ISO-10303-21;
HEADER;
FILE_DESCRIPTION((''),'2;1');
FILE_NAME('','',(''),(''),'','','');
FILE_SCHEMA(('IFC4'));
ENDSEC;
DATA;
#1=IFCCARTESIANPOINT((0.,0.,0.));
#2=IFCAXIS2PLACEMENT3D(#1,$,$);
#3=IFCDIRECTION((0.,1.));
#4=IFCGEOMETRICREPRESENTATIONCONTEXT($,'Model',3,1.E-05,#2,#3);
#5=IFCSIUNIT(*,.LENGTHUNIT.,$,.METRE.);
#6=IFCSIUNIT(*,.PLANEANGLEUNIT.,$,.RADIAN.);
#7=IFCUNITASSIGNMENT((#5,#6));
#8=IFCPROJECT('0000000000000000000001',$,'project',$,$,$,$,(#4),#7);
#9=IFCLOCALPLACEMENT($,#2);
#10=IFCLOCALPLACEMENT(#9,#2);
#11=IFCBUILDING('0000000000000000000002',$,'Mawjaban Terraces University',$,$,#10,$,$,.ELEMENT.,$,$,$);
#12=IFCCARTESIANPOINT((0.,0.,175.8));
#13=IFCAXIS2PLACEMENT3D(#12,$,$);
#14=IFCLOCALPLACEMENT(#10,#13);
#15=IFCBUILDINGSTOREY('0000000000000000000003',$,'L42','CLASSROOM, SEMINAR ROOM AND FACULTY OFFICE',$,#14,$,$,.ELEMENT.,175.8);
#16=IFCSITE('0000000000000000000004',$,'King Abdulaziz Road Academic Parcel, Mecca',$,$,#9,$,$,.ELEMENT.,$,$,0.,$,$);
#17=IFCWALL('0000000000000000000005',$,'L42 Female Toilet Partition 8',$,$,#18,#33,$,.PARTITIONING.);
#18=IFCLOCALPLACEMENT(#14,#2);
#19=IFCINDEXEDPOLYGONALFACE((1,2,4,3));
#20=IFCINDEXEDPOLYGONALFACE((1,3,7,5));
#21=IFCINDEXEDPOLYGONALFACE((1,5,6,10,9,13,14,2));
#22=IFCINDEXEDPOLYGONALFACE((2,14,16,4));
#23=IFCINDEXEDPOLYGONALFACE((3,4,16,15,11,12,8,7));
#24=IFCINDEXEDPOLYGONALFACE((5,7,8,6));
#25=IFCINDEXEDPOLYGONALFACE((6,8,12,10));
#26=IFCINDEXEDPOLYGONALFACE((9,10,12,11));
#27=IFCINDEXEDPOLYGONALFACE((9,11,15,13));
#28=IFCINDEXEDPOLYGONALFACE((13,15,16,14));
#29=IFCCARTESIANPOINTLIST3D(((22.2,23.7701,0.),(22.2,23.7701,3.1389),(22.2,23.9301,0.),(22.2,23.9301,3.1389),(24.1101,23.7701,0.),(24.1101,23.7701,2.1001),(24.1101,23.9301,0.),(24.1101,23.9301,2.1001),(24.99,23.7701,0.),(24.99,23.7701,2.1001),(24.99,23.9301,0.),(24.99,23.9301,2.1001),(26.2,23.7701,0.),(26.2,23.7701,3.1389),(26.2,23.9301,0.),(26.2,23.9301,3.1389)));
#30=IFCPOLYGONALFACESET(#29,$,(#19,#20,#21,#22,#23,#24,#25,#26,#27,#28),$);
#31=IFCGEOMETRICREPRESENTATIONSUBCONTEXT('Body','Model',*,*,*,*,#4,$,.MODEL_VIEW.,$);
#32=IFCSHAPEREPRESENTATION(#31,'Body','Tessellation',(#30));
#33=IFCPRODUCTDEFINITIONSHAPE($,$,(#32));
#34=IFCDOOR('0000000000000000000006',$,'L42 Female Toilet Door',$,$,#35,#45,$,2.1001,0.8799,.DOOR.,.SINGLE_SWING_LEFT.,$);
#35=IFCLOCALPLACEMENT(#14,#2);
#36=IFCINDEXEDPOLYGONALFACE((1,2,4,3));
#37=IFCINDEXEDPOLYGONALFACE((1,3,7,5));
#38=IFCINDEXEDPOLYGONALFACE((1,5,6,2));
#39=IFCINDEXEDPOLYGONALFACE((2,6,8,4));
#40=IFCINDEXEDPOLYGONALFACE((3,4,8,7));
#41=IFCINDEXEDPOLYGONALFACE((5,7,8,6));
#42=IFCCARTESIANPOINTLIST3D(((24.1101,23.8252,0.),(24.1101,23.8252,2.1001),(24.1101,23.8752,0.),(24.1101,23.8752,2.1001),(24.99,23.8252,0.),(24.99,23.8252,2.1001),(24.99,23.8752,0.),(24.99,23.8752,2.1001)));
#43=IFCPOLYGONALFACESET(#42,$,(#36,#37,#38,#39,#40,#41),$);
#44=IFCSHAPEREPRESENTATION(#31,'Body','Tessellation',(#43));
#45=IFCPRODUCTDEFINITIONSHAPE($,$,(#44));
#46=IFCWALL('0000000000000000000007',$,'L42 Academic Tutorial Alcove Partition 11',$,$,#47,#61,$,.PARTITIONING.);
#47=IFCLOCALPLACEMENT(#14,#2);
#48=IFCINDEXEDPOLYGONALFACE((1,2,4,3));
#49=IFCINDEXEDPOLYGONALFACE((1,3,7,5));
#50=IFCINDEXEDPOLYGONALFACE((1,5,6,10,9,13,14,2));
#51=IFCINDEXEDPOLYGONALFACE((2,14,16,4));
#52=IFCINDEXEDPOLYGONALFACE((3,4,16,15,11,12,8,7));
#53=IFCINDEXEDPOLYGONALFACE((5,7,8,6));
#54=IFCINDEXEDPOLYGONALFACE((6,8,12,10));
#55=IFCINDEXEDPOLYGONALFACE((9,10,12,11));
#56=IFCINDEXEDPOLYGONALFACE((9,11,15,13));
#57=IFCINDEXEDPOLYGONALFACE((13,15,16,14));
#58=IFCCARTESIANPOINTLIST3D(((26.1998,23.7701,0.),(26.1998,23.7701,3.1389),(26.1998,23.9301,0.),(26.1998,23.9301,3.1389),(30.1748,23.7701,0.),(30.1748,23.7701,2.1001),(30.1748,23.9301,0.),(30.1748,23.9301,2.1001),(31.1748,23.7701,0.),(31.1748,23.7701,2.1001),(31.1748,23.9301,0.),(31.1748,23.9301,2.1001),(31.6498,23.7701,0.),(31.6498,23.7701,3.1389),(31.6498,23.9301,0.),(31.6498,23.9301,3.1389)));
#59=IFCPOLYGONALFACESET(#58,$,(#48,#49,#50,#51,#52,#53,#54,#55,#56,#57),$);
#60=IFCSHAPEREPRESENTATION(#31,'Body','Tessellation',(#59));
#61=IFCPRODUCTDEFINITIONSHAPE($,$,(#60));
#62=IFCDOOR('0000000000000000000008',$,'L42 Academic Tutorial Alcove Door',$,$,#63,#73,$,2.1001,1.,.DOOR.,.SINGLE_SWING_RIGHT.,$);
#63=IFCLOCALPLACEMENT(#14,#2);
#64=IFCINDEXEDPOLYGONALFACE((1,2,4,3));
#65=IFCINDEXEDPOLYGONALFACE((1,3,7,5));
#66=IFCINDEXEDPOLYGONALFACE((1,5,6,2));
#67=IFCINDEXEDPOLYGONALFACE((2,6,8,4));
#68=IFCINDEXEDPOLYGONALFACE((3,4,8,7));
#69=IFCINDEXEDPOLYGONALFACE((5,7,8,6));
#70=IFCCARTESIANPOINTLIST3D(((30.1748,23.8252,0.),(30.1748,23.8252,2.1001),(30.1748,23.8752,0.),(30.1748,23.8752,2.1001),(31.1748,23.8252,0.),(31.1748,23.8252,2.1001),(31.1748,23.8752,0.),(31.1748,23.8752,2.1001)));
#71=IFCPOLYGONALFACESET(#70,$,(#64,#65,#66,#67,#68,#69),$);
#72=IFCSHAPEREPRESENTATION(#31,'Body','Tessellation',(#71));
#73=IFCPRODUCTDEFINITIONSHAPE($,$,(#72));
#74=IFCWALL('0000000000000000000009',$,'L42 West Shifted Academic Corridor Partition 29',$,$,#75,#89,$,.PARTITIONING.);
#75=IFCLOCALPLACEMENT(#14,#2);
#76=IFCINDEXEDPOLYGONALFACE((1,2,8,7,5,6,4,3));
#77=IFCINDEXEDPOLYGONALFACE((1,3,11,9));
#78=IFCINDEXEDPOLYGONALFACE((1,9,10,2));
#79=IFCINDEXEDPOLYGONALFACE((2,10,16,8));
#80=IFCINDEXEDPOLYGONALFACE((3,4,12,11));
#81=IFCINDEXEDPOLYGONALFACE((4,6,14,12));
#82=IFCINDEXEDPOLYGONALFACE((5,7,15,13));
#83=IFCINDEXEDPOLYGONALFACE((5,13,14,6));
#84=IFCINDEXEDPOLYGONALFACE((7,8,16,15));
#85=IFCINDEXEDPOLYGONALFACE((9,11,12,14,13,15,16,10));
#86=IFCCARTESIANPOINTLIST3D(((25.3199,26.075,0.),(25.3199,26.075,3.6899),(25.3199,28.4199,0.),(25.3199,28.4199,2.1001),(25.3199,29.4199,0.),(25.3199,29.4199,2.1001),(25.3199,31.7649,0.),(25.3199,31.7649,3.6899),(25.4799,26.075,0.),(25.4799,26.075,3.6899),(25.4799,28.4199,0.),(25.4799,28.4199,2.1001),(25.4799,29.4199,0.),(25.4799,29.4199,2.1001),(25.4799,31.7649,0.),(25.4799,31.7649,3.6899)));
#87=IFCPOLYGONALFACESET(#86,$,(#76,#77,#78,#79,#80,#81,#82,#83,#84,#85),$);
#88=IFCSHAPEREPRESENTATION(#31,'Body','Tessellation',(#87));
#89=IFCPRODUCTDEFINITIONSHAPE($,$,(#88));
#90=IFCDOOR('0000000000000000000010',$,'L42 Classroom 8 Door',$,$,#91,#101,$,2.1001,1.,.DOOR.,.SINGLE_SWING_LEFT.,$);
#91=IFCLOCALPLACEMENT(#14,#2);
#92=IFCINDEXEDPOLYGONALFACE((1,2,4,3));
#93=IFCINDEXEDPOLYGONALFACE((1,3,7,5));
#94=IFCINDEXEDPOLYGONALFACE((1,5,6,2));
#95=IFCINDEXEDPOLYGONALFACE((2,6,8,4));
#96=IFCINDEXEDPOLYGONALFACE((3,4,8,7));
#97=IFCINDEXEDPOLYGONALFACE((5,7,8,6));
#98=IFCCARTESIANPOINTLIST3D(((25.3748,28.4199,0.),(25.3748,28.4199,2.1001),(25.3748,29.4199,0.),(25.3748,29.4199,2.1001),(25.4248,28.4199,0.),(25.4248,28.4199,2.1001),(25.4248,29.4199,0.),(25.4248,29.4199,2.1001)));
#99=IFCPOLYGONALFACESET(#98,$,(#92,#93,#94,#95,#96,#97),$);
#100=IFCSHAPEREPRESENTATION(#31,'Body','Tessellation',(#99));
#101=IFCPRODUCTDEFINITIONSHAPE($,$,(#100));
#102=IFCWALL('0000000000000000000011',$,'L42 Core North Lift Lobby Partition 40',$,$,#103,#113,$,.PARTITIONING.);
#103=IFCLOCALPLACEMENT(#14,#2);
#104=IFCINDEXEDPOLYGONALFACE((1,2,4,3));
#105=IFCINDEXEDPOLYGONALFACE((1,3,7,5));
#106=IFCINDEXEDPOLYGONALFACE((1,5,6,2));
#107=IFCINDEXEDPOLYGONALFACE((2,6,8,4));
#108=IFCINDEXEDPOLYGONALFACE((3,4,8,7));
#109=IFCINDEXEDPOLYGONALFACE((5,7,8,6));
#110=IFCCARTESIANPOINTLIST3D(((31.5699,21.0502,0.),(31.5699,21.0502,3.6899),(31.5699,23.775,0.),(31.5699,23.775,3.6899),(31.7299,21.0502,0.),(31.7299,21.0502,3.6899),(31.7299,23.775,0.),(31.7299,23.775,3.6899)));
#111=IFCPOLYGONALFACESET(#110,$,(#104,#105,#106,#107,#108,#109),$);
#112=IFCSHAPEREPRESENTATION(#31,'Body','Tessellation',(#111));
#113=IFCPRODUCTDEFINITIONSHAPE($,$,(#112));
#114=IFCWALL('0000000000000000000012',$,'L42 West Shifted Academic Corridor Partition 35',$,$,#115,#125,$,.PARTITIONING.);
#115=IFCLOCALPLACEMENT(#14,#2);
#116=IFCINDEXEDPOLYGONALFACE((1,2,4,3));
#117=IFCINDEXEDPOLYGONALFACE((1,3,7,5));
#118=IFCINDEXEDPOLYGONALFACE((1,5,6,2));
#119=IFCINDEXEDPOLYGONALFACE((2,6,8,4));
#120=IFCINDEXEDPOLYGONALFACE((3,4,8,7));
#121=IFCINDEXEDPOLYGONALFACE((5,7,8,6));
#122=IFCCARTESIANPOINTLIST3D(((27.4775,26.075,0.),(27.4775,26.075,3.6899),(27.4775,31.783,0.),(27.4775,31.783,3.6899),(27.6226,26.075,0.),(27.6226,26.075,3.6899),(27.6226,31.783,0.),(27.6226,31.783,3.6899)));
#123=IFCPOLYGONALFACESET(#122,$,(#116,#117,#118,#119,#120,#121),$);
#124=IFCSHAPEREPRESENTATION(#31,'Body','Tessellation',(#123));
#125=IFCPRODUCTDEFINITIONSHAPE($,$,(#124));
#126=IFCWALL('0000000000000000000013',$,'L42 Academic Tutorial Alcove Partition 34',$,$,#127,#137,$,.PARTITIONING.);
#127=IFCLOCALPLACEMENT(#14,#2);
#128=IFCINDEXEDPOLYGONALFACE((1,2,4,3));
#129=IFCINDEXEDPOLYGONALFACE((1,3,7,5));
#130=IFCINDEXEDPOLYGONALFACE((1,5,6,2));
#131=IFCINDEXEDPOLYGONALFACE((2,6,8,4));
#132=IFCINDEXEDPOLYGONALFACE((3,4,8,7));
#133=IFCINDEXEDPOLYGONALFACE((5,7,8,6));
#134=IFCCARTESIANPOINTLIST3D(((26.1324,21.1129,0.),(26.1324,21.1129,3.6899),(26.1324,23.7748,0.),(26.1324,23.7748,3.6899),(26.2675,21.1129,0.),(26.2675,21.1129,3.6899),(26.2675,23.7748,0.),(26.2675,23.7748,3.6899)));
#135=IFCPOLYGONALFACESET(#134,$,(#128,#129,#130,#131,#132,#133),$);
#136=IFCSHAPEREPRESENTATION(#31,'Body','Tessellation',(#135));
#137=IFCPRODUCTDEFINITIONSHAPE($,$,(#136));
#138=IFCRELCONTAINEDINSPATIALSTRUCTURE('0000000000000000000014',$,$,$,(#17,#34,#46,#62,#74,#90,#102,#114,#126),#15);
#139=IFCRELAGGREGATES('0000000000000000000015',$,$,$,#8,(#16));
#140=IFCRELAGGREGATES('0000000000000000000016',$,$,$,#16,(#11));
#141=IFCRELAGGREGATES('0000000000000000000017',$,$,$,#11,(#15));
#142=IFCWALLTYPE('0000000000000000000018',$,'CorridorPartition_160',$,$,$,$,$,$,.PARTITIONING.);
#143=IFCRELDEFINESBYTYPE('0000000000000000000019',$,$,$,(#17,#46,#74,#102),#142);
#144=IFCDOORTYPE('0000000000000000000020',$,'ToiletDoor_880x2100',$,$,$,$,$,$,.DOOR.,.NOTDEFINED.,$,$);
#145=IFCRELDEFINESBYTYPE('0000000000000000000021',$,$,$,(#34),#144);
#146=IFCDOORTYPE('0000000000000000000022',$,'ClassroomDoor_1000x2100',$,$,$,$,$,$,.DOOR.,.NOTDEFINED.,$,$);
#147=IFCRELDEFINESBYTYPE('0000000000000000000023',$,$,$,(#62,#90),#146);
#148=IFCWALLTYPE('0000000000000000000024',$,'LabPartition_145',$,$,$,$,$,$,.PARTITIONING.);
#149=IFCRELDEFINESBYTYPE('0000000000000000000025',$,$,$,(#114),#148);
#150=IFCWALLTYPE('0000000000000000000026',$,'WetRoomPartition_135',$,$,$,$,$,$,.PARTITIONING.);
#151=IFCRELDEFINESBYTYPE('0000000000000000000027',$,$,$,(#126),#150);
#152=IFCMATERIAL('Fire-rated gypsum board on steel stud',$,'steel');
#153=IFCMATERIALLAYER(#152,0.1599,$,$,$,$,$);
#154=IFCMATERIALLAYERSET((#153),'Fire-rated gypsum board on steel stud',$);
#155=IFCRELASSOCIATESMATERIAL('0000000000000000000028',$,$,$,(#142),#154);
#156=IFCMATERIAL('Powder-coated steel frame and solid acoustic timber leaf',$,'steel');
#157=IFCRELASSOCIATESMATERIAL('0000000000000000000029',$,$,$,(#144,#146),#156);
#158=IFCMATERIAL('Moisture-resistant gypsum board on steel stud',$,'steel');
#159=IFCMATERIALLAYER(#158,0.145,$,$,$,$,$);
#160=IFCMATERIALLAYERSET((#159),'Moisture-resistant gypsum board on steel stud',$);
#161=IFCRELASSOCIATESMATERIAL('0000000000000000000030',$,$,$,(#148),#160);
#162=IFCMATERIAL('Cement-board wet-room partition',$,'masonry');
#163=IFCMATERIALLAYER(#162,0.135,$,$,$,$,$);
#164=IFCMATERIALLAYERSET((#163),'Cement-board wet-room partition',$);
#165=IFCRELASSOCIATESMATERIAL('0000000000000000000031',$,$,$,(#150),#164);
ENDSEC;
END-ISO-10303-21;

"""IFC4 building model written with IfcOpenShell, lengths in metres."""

from ifc_helpers import new_model, si_unit, direction, frame, frame_2d, origin, place, context, subcontext, project, spatial, rectangle, extrude, material, layer, layer_set, type_object, element, fill, save


model = new_model("IFC4")

# Units and contexts
model_context = context("Model", 3, precision=1e-05, world=origin(), true_north=direction((0.0, 1.0)))
body_context = subcontext(model_context, "Body", "Model", "MODEL_VIEW")
ifc_project = project(units=[si_unit("LENGTHUNIT", "METRE"), si_unit("PLANEANGLEUNIT", "RADIAN")], contexts=[model_context])

# Site, building, storey
site_placement = place(None, origin())
site = spatial("IfcSite", under=ifc_project, at=site_placement, Name="King Abdulaziz Road Academic Parcel, Mecca", CompositionType="ELEMENT", RefElevation=0.0)
building_placement = place(site_placement, origin())
building = spatial("IfcBuilding", under=site, at=building_placement, Name="Mawjaban Terraces University", CompositionType="ELEMENT")
storey_placement = place(building_placement, frame((0.0, 0.0, 175.8)))
storey = spatial("IfcBuildingStorey", under=building, at=storey_placement, Name="L42", Description="CLASSROOM, SEMINAR ROOM AND FACULTY OFFICE", CompositionType="ELEMENT", Elevation=175.8)

# Shared definitions
ifc_material_1 = material(Name="Fire-rated gypsum board on steel stud", Category="steel")
ifc_layer_1 = layer(ifc_material_1, 0.1599)
ifc_layer_set_1 = layer_set([ifc_layer_1], Name="Fire-rated gypsum board on steel stud")
wall_type_1 = type_object("IfcWallType", Name="CorridorPartition_160", PredefinedType="PARTITIONING", material=ifc_layer_set_1)

# Walls, openings, doors
wall_1_placement = place(storey_placement, frame((26.2, 23.8501, 0.0), z_axis=(0.0, 0.0, 1.0), x_axis=(-1.0, 0.0, 0.0)))
wall_1 = element("IfcWall", 1, at=wall_1_placement, inside=storey, type_object=wall_type_1, Name="L42 Female Toilet Partition 8", PredefinedType="PARTITIONING", context=body_context, shape_type="SweptSolid", body=[
    extrude(rectangle(XDim=4.0, YDim=0.1599, at=frame_2d((2.0, 0.0))), origin(), (0.0, 0.0, 1.0), 3.1389),
])
opening_1_placement = place(wall_1_placement, frame((1.21, 0.0, 0.0)))
opening_1 = element("IfcOpeningElement", 2, at=opening_1_placement, cuts=wall_1, PredefinedType="OPENING", context=body_context, shape_type="SweptSolid", body=[
    extrude(rectangle(XDim=0.8799, YDim=2.1001, at=frame_2d((0.4399, 1.05))), frame((0.0, 0.0898, 0.0), z_axis=(0.0, -1.0, 0.0), x_axis=(1.0, 0.0, 0.0)), (0.0, 0.0, 1.0), 0.1799),
])
ifc_material_2 = material(Name="Powder-coated steel frame and solid acoustic timber leaf", Category="steel")
door_type_1 = type_object("IfcDoorType", Name="ToiletDoor_880x2100", OperationType="NOTDEFINED", PredefinedType="DOOR", material=ifc_material_2)
door_1_placement = place(opening_1_placement, origin())
door_1 = element("IfcDoor", 3, at=door_1_placement, inside=storey, type_object=door_type_1, Name="L42 Female Toilet Door", OperationType="SINGLE_SWING_LEFT", OverallHeight=2.1001, OverallWidth=0.8799, PredefinedType="DOOR", context=body_context, shape_type="SweptSolid", body=[
    extrude(rectangle(XDim=0.8799, YDim=2.1001, at=frame_2d((0.4399, 1.05))), frame((0.0, 0.0249, 0.0), z_axis=(0.0, -1.0, 0.0), x_axis=(1.0, 0.0, 0.0)), (0.0, 0.0, 1.0), 0.05),
])
fill(opening_1, door_1)
wall_2_placement = place(storey_placement, frame((31.6499, 23.8501, 0.0), z_axis=(0.0, 0.0, 1.0), x_axis=(-1.0, 0.0, 0.0)))
wall_2 = element("IfcWall", 4, at=wall_2_placement, inside=storey, type_object=wall_type_1, Name="L42 Academic Tutorial Alcove Partition 11", PredefinedType="PARTITIONING", context=body_context, shape_type="SweptSolid", body=[
    extrude(rectangle(XDim=5.45, YDim=0.1599, at=frame_2d((2.7251, 0.0))), origin(), (0.0, 0.0, 1.0), 3.1389),
])
opening_2_placement = place(wall_2_placement, frame((0.4751, 0.0, 0.0)))
opening_2 = element("IfcOpeningElement", 5, at=opening_2_placement, cuts=wall_2, PredefinedType="OPENING", context=body_context, shape_type="SweptSolid", body=[
    extrude(rectangle(XDim=1.0, YDim=2.1001, at=frame_2d((0.5, 1.05))), frame((0.0, 0.0898, 0.0), z_axis=(0.0, -1.0, 0.0), x_axis=(1.0, 0.0, 0.0)), (0.0, 0.0, 1.0), 0.1799),
])
door_type_2 = type_object("IfcDoorType", Name="ClassroomDoor_1000x2100", OperationType="NOTDEFINED", PredefinedType="DOOR", material=ifc_material_2)
door_2_placement = place(opening_2_placement, origin())
door_2 = element("IfcDoor", 6, at=door_2_placement, inside=storey, type_object=door_type_2, Name="L42 Academic Tutorial Alcove Door", OperationType="SINGLE_SWING_RIGHT", OverallHeight=2.1001, OverallWidth=1.0, PredefinedType="DOOR", context=body_context, shape_type="SweptSolid", body=[
    extrude(rectangle(XDim=1.0, YDim=2.1001, at=frame_2d((0.5, 1.05))), frame((0.0, 0.0249, 0.0), z_axis=(0.0, -1.0, 0.0), x_axis=(1.0, 0.0, 0.0)), (0.0, 0.0, 1.0), 0.05),
])
fill(opening_2, door_2)
wall_3_placement = place(storey_placement, frame((25.3999, 31.7649, 0.0), z_axis=(0.0, 0.0, 1.0), x_axis=(0.0, -1.0, 0.0)))
wall_3 = element("IfcWall", 7, at=wall_3_placement, inside=storey, type_object=wall_type_1, Name="L42 West Shifted Academic Corridor Partition 29", PredefinedType="PARTITIONING", context=body_context, shape_type="SweptSolid", body=[
    extrude(rectangle(XDim=5.6899, YDim=0.1599, at=frame_2d((2.845, 0.0))), origin(), (0.0, 0.0, 1.0), 3.6899),
])
opening_3_placement = place(wall_3_placement, frame((2.345, 0.0, 0.0)))
opening_3 = element("IfcOpeningElement", 8, at=opening_3_placement, cuts=wall_3, PredefinedType="OPENING", context=body_context, shape_type="SweptSolid", body=[
    extrude(rectangle(XDim=1.0, YDim=2.1001, at=frame_2d((0.5, 1.05))), frame((0.0, 0.0898, 0.0), z_axis=(0.0, -1.0, 0.0), x_axis=(1.0, 0.0, 0.0)), (0.0, 0.0, 1.0), 0.1799),
])
door_3_placement = place(opening_3_placement, origin())
door_3 = element("IfcDoor", 9, at=door_3_placement, inside=storey, type_object=door_type_2, Name="L42 Classroom 8 Door", OperationType="SINGLE_SWING_LEFT", OverallHeight=2.1001, OverallWidth=1.0, PredefinedType="DOOR", context=body_context, shape_type="SweptSolid", body=[
    extrude(rectangle(XDim=1.0, YDim=2.1001, at=frame_2d((0.5, 1.05))), frame((0.0, 0.0249, 0.0), z_axis=(0.0, -1.0, 0.0), x_axis=(1.0, 0.0, 0.0)), (0.0, 0.0, 1.0), 0.05),
])
fill(opening_3, door_3)

# Walls
wall_4_placement = place(storey_placement, frame((31.6499, 23.7749, 0.0), z_axis=(0.0, 0.0, 1.0), x_axis=(0.0, -1.0, 0.0)))
element("IfcWall", 10, at=wall_4_placement, inside=storey, type_object=wall_type_1, Name="L42 Core North Lift Lobby Partition 40", PredefinedType="PARTITIONING", context=body_context, shape_type="SweptSolid", body=[
    extrude(rectangle(XDim=2.7249, YDim=0.1599, at=frame_2d((1.3623, 0.0))), origin(), (0.0, 0.0, 1.0), 3.6899),
])
ifc_material_3 = material(Name="Moisture-resistant gypsum board on steel stud", Category="steel")
ifc_layer_2 = layer(ifc_material_3, 0.145)
ifc_layer_set_2 = layer_set([ifc_layer_2], Name="Moisture-resistant gypsum board on steel stud")
wall_type_2 = type_object("IfcWallType", Name="LabPartition_145", PredefinedType="PARTITIONING", material=ifc_layer_set_2)
wall_5_placement = place(storey_placement, frame((27.55, 26.075, 0.0), z_axis=(0.0, 0.0, 1.0), x_axis=(0.0, 1.0, 0.0)))
element("IfcWall", 11, at=wall_5_placement, inside=storey, type_object=wall_type_2, Name="L42 West Shifted Academic Corridor Partition 35", PredefinedType="PARTITIONING", context=body_context, shape_type="SweptSolid", body=[
    extrude(rectangle(XDim=5.708, YDim=0.145, at=frame_2d((2.854, 0.0))), origin(), (0.0, 0.0, 1.0), 3.6899),
])
ifc_material_4 = material(Name="Cement-board wet-room partition", Category="masonry")
ifc_layer_3 = layer(ifc_material_4, 0.135)
ifc_layer_set_3 = layer_set([ifc_layer_3], Name="Cement-board wet-room partition")
wall_type_3 = type_object("IfcWallType", Name="WetRoomPartition_135", PredefinedType="PARTITIONING", material=ifc_layer_set_3)
wall_6_placement = place(storey_placement, frame((26.2, 23.7749, 0.0), z_axis=(0.0, 0.0, 1.0), x_axis=(0.0, -1.0, 0.0)))
element("IfcWall", 12, at=wall_6_placement, inside=storey, type_object=wall_type_3, Name="L42 Academic Tutorial Alcove Partition 34", PredefinedType="PARTITIONING", context=body_context, shape_type="SweptSolid", body=[
    extrude(rectangle(XDim=2.6619, YDim=0.135, at=frame_2d((1.3311, 0.0))), origin(), (0.0, 0.0, 1.0), 3.6899),
])

save(model, "model.ifc")
